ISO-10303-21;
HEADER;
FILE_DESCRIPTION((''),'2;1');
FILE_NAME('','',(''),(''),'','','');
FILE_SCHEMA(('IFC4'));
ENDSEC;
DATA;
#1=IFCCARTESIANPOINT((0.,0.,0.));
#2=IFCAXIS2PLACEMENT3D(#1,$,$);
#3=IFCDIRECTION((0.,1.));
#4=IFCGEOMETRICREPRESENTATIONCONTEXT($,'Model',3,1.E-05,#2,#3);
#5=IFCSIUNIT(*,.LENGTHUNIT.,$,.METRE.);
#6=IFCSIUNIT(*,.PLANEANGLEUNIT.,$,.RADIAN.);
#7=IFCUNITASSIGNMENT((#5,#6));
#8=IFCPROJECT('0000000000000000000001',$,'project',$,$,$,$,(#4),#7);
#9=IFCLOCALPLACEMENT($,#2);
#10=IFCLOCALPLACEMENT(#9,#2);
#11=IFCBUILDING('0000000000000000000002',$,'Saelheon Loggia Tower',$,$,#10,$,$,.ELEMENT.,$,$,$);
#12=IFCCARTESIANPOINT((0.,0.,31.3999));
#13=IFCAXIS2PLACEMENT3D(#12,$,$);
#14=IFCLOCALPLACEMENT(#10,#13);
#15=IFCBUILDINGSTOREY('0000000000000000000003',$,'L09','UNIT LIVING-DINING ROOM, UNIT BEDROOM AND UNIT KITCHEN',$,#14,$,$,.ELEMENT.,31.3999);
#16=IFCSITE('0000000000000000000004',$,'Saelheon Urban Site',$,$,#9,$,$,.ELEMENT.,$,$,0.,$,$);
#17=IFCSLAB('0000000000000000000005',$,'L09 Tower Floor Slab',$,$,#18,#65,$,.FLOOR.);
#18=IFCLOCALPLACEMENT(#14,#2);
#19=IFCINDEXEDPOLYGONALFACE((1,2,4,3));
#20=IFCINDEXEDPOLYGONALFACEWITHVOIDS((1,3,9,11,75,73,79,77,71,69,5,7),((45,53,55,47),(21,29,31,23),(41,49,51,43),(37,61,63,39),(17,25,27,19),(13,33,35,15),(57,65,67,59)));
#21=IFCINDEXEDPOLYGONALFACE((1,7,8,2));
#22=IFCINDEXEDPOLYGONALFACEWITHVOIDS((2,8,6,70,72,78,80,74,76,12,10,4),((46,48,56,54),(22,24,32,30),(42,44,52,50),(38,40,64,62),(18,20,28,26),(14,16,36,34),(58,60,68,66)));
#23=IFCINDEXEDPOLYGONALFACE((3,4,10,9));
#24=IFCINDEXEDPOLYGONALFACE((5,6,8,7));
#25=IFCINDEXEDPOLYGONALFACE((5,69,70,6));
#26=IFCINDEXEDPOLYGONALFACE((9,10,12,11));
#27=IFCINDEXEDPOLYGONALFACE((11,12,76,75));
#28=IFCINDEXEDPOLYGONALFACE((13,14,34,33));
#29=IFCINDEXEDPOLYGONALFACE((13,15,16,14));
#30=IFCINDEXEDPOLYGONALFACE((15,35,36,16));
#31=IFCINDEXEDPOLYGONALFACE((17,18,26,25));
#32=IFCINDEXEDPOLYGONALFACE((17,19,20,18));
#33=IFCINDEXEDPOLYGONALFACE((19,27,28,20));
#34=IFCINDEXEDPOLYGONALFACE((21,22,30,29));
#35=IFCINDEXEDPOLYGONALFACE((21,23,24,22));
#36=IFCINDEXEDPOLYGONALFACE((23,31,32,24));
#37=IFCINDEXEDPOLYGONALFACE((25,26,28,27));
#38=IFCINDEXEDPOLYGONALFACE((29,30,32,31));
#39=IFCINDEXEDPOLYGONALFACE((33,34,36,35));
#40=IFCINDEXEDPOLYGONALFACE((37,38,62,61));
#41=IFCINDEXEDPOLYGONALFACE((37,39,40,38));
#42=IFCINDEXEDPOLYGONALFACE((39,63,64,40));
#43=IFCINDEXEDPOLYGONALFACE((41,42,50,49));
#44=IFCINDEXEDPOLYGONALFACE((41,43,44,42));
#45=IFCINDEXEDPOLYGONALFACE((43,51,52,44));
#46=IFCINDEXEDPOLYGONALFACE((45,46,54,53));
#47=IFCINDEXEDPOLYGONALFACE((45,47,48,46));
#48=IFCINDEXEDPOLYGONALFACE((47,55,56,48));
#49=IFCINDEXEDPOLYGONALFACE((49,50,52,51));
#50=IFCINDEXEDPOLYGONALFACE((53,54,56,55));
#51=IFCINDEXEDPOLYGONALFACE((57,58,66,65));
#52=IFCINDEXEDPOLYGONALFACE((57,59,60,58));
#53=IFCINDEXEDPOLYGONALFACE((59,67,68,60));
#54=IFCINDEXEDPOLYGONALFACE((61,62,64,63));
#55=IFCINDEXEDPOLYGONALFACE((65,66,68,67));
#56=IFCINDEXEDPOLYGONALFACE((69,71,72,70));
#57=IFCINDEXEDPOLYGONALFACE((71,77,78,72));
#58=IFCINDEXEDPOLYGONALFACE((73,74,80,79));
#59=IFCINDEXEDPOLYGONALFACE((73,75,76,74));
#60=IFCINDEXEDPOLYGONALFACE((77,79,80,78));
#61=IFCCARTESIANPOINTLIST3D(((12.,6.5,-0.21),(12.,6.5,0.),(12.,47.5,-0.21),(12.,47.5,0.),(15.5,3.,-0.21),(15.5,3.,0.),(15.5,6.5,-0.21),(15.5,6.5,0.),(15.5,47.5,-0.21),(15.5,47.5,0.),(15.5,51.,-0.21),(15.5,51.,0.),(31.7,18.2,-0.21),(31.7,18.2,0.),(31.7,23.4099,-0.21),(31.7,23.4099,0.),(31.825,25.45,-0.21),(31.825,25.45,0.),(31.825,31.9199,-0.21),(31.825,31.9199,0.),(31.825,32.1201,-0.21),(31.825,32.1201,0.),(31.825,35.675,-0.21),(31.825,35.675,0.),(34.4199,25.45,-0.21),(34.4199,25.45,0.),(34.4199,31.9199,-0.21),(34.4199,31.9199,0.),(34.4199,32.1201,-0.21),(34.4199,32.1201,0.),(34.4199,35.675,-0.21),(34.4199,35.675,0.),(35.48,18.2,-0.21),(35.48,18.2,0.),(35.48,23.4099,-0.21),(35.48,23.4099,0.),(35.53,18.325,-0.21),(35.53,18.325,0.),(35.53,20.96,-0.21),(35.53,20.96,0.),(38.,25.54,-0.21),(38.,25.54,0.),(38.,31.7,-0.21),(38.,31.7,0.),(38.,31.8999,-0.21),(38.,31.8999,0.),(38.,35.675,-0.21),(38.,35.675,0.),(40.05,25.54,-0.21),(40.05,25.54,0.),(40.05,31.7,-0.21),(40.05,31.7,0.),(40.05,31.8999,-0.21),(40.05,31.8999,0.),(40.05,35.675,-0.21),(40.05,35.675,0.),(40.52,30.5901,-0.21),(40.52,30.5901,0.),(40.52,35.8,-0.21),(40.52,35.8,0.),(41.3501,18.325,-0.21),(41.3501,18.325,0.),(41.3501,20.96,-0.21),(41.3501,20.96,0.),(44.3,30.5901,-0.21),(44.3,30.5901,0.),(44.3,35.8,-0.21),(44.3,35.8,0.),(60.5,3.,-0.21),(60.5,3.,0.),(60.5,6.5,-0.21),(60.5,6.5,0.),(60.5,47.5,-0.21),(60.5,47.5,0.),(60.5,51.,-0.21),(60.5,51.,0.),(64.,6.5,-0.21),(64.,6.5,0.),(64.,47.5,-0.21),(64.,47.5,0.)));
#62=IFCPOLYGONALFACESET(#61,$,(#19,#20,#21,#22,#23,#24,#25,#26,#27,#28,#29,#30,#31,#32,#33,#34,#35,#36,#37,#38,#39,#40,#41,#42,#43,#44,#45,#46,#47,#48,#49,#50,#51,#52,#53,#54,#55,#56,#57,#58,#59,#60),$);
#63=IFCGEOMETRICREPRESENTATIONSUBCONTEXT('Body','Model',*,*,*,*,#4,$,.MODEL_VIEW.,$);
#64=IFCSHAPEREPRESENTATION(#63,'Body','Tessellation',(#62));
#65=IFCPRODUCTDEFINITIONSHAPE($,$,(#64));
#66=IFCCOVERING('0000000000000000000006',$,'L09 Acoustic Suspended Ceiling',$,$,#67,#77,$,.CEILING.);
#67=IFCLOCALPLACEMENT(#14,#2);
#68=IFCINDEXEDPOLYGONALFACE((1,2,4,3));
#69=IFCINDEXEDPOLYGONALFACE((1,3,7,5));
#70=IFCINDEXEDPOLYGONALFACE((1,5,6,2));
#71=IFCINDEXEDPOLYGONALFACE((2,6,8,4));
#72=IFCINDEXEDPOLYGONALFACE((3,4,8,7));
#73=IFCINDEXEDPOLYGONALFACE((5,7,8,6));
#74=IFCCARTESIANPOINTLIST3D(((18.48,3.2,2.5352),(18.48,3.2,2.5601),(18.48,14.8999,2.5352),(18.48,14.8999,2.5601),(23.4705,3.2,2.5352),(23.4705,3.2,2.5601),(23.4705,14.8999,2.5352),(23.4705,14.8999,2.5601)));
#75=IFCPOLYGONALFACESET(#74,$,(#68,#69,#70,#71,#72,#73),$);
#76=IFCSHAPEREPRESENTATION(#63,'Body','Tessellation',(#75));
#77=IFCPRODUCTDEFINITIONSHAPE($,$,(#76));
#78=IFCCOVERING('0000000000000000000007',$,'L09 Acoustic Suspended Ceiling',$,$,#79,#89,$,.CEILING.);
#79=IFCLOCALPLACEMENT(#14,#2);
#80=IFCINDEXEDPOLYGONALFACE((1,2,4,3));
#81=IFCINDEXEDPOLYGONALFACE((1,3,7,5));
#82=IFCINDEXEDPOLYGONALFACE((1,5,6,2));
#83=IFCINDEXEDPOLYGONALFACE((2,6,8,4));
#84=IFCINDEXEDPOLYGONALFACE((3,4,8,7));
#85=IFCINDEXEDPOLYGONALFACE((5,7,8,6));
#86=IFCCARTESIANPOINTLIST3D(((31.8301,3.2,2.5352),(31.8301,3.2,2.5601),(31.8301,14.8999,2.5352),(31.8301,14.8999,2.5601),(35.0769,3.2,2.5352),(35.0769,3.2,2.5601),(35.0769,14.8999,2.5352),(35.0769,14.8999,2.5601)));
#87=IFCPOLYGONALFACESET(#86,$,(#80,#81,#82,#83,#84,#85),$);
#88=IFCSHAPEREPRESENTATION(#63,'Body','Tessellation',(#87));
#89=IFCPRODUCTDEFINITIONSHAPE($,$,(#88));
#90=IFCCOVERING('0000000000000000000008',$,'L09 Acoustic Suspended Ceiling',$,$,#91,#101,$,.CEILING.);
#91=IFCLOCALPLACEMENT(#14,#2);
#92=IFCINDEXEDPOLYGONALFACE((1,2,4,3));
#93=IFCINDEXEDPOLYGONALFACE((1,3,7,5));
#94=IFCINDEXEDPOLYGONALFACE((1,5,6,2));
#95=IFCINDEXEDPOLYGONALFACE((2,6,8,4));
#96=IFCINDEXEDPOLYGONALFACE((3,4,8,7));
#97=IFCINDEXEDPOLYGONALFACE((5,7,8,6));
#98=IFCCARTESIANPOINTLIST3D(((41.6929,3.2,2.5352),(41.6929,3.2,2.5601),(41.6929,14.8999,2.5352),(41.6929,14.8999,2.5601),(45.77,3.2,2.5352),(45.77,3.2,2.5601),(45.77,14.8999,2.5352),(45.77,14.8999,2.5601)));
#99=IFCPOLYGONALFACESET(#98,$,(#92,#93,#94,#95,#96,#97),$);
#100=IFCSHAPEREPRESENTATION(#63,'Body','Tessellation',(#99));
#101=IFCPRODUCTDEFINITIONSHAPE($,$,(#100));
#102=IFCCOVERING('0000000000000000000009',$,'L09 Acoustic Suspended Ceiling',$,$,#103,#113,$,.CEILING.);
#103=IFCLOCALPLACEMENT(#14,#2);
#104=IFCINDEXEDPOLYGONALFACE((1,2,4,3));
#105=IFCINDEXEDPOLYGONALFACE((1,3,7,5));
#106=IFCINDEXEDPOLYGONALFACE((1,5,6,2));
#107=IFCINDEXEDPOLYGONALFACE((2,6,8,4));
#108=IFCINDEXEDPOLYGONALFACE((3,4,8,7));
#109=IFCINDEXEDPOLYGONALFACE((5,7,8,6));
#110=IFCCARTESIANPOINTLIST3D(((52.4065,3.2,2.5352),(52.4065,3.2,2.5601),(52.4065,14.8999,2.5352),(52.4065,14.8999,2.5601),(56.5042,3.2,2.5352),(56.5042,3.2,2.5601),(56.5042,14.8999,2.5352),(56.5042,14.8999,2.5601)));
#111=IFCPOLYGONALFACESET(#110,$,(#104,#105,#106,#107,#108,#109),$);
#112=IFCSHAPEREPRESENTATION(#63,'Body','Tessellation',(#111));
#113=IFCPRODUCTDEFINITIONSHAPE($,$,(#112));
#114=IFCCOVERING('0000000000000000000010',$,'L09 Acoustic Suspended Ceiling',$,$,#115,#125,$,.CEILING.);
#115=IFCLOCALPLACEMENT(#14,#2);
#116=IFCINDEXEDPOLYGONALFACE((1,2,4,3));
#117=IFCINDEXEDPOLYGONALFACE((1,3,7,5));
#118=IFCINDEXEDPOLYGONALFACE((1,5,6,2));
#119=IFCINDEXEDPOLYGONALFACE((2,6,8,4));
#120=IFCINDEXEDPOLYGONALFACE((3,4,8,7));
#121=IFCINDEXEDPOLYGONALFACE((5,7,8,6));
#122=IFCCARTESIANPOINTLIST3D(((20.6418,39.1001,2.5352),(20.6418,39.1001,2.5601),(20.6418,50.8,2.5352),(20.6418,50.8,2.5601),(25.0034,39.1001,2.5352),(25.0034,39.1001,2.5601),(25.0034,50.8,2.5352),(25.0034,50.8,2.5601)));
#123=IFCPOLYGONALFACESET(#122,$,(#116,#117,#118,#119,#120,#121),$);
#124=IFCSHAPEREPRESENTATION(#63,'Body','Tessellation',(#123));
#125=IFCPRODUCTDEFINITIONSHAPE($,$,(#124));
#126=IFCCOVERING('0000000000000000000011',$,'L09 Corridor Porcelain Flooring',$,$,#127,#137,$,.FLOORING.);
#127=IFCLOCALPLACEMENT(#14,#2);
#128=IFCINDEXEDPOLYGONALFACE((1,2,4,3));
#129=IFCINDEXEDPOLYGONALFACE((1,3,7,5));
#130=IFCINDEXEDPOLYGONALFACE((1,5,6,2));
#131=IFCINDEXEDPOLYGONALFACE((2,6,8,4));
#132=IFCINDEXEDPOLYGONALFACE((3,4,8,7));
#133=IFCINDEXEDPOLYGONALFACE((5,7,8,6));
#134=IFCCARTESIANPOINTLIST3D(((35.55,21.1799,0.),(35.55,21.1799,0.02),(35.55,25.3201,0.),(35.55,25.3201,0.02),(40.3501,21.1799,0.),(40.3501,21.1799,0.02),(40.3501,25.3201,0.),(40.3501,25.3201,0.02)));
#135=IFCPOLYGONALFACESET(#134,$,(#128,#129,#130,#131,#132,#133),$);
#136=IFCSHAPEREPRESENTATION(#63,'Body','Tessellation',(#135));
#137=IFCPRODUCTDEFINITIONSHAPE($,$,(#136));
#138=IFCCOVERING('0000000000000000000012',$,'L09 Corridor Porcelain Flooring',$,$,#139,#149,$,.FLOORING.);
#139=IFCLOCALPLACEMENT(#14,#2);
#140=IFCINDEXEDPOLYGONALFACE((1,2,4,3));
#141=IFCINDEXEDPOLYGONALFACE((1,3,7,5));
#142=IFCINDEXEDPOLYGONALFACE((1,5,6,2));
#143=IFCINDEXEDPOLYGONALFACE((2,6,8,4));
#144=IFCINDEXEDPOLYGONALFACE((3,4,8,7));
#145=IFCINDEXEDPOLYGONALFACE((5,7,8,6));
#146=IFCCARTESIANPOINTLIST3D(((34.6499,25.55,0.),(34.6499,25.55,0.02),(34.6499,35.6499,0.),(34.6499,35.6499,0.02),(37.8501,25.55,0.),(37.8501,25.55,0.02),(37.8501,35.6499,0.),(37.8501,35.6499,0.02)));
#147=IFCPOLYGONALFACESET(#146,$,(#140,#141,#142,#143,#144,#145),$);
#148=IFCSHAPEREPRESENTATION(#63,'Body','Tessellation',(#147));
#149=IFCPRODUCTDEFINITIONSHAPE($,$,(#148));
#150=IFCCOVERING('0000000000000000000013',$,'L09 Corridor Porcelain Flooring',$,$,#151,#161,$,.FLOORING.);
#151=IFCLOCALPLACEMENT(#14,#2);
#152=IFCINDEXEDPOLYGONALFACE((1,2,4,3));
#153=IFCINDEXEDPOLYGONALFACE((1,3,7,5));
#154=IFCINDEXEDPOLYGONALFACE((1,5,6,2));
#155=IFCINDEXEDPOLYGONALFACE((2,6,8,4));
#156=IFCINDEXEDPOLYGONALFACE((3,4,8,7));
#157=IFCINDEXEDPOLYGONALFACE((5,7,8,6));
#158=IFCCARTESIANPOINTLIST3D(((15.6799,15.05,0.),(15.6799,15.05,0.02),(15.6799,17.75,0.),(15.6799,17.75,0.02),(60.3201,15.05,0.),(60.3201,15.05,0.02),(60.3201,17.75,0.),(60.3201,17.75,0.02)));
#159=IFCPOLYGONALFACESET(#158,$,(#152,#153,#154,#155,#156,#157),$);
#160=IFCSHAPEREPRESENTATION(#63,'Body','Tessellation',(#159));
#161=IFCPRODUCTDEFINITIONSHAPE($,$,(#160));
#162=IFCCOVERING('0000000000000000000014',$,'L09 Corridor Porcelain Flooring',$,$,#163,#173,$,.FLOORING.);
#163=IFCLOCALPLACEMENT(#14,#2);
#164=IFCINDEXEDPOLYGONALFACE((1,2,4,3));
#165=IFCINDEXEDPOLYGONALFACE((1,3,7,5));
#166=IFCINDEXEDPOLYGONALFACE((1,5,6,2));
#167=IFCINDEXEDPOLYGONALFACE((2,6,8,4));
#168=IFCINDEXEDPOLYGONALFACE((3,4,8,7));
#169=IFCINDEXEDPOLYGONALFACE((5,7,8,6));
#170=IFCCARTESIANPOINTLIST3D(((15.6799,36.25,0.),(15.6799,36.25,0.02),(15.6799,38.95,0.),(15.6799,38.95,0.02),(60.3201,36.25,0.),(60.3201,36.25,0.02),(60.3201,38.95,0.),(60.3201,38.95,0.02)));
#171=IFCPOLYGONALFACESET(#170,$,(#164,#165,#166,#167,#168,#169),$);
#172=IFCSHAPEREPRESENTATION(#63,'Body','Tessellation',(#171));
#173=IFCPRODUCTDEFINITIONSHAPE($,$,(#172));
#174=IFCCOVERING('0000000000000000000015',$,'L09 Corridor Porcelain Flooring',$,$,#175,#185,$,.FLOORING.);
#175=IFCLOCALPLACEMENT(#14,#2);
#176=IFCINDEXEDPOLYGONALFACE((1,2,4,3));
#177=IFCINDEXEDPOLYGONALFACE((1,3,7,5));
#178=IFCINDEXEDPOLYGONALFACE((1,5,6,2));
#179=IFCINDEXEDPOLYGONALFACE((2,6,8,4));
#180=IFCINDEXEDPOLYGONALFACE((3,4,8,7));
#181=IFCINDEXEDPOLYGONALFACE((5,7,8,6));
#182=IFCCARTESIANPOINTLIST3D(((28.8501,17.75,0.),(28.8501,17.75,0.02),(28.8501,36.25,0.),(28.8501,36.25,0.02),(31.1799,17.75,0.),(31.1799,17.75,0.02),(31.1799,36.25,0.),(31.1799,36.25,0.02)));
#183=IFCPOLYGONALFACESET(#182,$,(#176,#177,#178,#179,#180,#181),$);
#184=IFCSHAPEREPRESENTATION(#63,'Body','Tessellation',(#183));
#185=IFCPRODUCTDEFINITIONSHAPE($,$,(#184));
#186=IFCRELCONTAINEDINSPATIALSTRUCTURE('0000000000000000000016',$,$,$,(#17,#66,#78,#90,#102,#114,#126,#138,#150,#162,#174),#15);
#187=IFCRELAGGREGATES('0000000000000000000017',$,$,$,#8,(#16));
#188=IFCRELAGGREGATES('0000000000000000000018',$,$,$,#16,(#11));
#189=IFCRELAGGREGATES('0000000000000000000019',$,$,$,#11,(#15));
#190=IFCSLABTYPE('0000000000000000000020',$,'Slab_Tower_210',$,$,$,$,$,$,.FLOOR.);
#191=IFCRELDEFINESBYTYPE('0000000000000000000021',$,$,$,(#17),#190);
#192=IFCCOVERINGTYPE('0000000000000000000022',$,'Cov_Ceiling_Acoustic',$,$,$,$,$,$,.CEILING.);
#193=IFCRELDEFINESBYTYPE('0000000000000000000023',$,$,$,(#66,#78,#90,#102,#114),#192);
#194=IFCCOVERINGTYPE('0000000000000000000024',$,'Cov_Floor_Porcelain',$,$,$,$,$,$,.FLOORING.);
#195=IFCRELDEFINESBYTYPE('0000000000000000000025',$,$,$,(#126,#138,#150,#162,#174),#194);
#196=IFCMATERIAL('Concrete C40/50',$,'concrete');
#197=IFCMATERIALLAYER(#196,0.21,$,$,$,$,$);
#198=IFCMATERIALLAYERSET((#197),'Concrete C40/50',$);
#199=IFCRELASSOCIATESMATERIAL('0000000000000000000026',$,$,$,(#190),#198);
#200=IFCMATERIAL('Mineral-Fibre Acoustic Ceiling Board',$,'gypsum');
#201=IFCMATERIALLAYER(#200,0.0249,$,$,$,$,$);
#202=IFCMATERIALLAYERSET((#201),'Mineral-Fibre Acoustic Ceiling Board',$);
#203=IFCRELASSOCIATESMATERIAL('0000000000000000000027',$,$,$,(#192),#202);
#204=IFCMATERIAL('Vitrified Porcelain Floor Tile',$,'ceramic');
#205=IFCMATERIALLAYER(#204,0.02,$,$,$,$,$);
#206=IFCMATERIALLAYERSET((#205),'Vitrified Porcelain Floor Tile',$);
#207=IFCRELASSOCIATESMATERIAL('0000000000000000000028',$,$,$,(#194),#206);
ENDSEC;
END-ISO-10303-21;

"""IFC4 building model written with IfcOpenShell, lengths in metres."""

from ifc_helpers import new_model, si_unit, direction, frame, origin, place, context, subcontext, project, spatial, polyline, outline, extrude, material, layer, layer_set, type_object, element, save


model = new_model("IFC4")

# Units and contexts
model_context = context("Model", 3, precision=1e-05, world=origin(), true_north=direction((0.0, 1.0)))
body_context = subcontext(model_context, "Body", "Model", "MODEL_VIEW")
ifc_project = project(units=[si_unit("LENGTHUNIT", "METRE"), si_unit("PLANEANGLEUNIT", "RADIAN")], contexts=[model_context])

# Site, building, storey
site_placement = place(None, origin())
site = spatial("IfcSite", under=ifc_project, at=site_placement, Name="Saelheon Urban Site", CompositionType="ELEMENT", RefElevation=0.0)
building_placement = place(site_placement, origin())
building = spatial("IfcBuilding", under=site, at=building_placement, Name="Saelheon Loggia Tower", CompositionType="ELEMENT")
storey_placement = place(building_placement, frame((0.0, 0.0, 31.3999)))
storey = spatial("IfcBuildingStorey", under=building, at=storey_placement, Name="L09", Description="UNIT LIVING-DINING ROOM, UNIT BEDROOM AND UNIT KITCHEN", CompositionType="ELEMENT", Elevation=31.3999)

# Shared definitions
ifc_material_1 = material(Name="Concrete C40/50", Category="concrete")

# Slab
ifc_layer_1 = layer(ifc_material_1, 0.21)
ifc_layer_set_1 = layer_set([ifc_layer_1], Name="Concrete C40/50")
slab_type_1 = type_object("IfcSlabType", Name="Slab_Tower_210", PredefinedType="FLOOR", material=ifc_layer_set_1)
slab_1_placement = place(storey_placement, frame((0.0, 0.0, -0.21)))
element("IfcSlab", 1, at=slab_1_placement, inside=storey, type_object=slab_type_1, Name="L09 Tower Floor Slab", PredefinedType="FLOOR", context=body_context, shape_type="SweptSolid", body=[
    extrude(outline(polyline([(15.5, 3.0), (60.5, 3.0), (60.5, 6.5), (64.0, 6.5), (64.0, 47.5), (60.5, 47.5), (60.5, 51.0), (15.5, 51.0), (15.5, 47.5), (12.0, 47.5), (12.0, 6.5), (15.5, 6.5), (15.5, 3.0)]), holes=[polyline([(31.7, 23.4099), (31.7, 18.2), (35.48, 18.2), (35.48, 23.4099), (31.7, 23.4099)]), polyline([(44.3, 30.5901), (44.3, 35.8), (40.52, 35.8), (40.52, 30.5901), (44.3, 30.5901)]), polyline([(35.53, 18.325), (41.3501, 18.325), (41.3501, 20.96), (35.53, 20.96), (35.53, 18.325)]), polyline([(31.825, 32.1201), (34.4199, 32.1201), (34.4199, 35.675), (31.825, 35.675), (31.825, 32.1201)]), polyline([(38.0, 31.8999), (40.05, 31.8999), (40.05, 35.675), (38.0, 35.675), (38.0, 31.8999)]), polyline([(31.825, 25.45), (34.4199, 25.45), (34.4199, 31.9199), (31.825, 31.9199), (31.825, 25.45)]), polyline([(38.0, 25.54), (40.05, 25.54), (40.05, 31.7), (38.0, 31.7), (38.0, 25.54)])]), origin(), (0.0, 0.0, 1.0), 0.21),
])

# Coverings
ifc_material_2 = material(Name="Mineral-Fibre Acoustic Ceiling Board", Category="gypsum")
ifc_layer_2 = layer(ifc_material_2, 0.0249)
ifc_layer_set_2 = layer_set([ifc_layer_2], Name="Mineral-Fibre Acoustic Ceiling Board")
covering_type_1 = type_object("IfcCoveringType", Name="Cov_Ceiling_Acoustic", PredefinedType="CEILING", material=ifc_layer_set_2)
covering_1_placement = place(storey_placement, frame((0.0, 0.0, 2.5352)))
element("IfcCovering", 2, at=covering_1_placement, inside=storey, type_object=covering_type_1, Name="L09 Acoustic Suspended Ceiling", PredefinedType="CEILING", context=body_context, shape_type="SweptSolid", body=[
    extrude(outline(polyline([(18.48, 3.2), (23.4705, 3.2), (23.4705, 14.8999), (18.48, 14.8999), (18.48, 3.2)])), origin(), (0.0, 0.0, 1.0), 0.0249),
])
covering_2_placement = place(storey_placement, frame((0.0, 0.0, 2.5352)))
element("IfcCovering", 3, at=covering_2_placement, inside=storey, type_object=covering_type_1, Name="L09 Acoustic Suspended Ceiling", PredefinedType="CEILING", context=body_context, shape_type="SweptSolid", body=[
    extrude(outline(polyline([(31.8301, 3.2), (35.0769, 3.2), (35.0769, 14.8999), (31.8301, 14.8999), (31.8301, 3.2)])), origin(), (0.0, 0.0, 1.0), 0.0249),
])
covering_3_placement = place(storey_placement, frame((0.0, 0.0, 2.5352)))
element("IfcCovering", 4, at=covering_3_placement, inside=storey, type_object=covering_type_1, Name="L09 Acoustic Suspended Ceiling", PredefinedType="CEILING", context=body_context, shape_type="SweptSolid", body=[
    extrude(outline(polyline([(41.6929, 3.2), (45.77, 3.2), (45.77, 14.8999), (41.6929, 14.8999), (41.6929, 3.2)])), origin(), (0.0, 0.0, 1.0), 0.0249),
])
covering_4_placement = place(storey_placement, frame((0.0, 0.0, 2.5352)))
element("IfcCovering", 5, at=covering_4_placement, inside=storey, type_object=covering_type_1, Name="L09 Acoustic Suspended Ceiling", PredefinedType="CEILING", context=body_context, shape_type="SweptSolid", body=[
    extrude(outline(polyline([(52.4065, 3.2), (56.5042, 3.2), (56.5042, 14.8999), (52.4065, 14.8999), (52.4065, 3.2)])), origin(), (0.0, 0.0, 1.0), 0.0249),
])
covering_5_placement = place(storey_placement, frame((0.0, 0.0, 2.5352)))
element("IfcCovering", 6, at=covering_5_placement, inside=storey, type_object=covering_type_1, Name="L09 Acoustic Suspended Ceiling", PredefinedType="CEILING", context=body_context, shape_type="SweptSolid", body=[
    extrude(outline(polyline([(20.6418, 39.1001), (25.0034, 39.1001), (25.0034, 50.8), (20.6418, 50.8), (20.6418, 39.1001)])), origin(), (0.0, 0.0, 1.0), 0.0249),
])
ifc_material_3 = material(Name="Vitrified Porcelain Floor Tile", Category="ceramic")
ifc_layer_3 = layer(ifc_material_3, 0.02)
ifc_layer_set_3 = layer_set([ifc_layer_3], Name="Vitrified Porcelain Floor Tile")
covering_type_2 = type_object("IfcCoveringType", Name="Cov_Floor_Porcelain", PredefinedType="FLOORING", material=ifc_layer_set_3)
covering_6_placement = place(storey_placement, origin())
element("IfcCovering", 7, at=covering_6_placement, inside=storey, type_object=covering_type_2, Name="L09 Corridor Porcelain Flooring", PredefinedType="FLOORING", context=body_context, shape_type="SweptSolid", body=[
    extrude(outline(polyline([(35.55, 21.1799), (40.3501, 21.1799), (40.3501, 25.3201), (35.55, 25.3201), (35.55, 21.1799)])), origin(), (0.0, 0.0, 1.0), 0.02),
])
covering_7_placement = place(storey_placement, origin())
element("IfcCovering", 8, at=covering_7_placement, inside=storey, type_object=covering_type_2, Name="L09 Corridor Porcelain Flooring", PredefinedType="FLOORING", context=body_context, shape_type="SweptSolid", body=[
    extrude(outline(polyline([(34.6499, 25.55), (37.8501, 25.55), (37.8501, 35.6499), (34.6499, 35.6499), (34.6499, 25.55)])), origin(), (0.0, 0.0, 1.0), 0.02),
])
covering_8_placement = place(storey_placement, origin())
element("IfcCovering", 9, at=covering_8_placement, inside=storey, type_object=covering_type_2, Name="L09 Corridor Porcelain Flooring", PredefinedType="FLOORING", context=body_context, shape_type="SweptSolid", body=[
    extrude(outline(polyline([(15.6799, 15.05), (60.3201, 15.05), (60.3201, 17.75), (15.6799, 17.75), (15.6799, 15.05)])), origin(), (0.0, 0.0, 1.0), 0.02),
])
covering_9_placement = place(storey_placement, origin())
element("IfcCovering", 10, at=covering_9_placement, inside=storey, type_object=covering_type_2, Name="L09 Corridor Porcelain Flooring", PredefinedType="FLOORING", context=body_context, shape_type="SweptSolid", body=[
    extrude(outline(polyline([(15.6799, 36.25), (60.3201, 36.25), (60.3201, 38.95), (15.6799, 38.95), (15.6799, 36.25)])), origin(), (0.0, 0.0, 1.0), 0.02),
])
covering_10_placement = place(storey_placement, origin())
element("IfcCovering", 11, at=covering_10_placement, inside=storey, type_object=covering_type_2, Name="L09 Corridor Porcelain Flooring", PredefinedType="FLOORING", context=body_context, shape_type="SweptSolid", body=[
    extrude(outline(polyline([(28.8501, 17.75), (31.1799, 17.75), (31.1799, 36.25), (28.8501, 36.25), (28.8501, 17.75)])), origin(), (0.0, 0.0, 1.0), 0.02),
])

save(model, "model.ifc")
